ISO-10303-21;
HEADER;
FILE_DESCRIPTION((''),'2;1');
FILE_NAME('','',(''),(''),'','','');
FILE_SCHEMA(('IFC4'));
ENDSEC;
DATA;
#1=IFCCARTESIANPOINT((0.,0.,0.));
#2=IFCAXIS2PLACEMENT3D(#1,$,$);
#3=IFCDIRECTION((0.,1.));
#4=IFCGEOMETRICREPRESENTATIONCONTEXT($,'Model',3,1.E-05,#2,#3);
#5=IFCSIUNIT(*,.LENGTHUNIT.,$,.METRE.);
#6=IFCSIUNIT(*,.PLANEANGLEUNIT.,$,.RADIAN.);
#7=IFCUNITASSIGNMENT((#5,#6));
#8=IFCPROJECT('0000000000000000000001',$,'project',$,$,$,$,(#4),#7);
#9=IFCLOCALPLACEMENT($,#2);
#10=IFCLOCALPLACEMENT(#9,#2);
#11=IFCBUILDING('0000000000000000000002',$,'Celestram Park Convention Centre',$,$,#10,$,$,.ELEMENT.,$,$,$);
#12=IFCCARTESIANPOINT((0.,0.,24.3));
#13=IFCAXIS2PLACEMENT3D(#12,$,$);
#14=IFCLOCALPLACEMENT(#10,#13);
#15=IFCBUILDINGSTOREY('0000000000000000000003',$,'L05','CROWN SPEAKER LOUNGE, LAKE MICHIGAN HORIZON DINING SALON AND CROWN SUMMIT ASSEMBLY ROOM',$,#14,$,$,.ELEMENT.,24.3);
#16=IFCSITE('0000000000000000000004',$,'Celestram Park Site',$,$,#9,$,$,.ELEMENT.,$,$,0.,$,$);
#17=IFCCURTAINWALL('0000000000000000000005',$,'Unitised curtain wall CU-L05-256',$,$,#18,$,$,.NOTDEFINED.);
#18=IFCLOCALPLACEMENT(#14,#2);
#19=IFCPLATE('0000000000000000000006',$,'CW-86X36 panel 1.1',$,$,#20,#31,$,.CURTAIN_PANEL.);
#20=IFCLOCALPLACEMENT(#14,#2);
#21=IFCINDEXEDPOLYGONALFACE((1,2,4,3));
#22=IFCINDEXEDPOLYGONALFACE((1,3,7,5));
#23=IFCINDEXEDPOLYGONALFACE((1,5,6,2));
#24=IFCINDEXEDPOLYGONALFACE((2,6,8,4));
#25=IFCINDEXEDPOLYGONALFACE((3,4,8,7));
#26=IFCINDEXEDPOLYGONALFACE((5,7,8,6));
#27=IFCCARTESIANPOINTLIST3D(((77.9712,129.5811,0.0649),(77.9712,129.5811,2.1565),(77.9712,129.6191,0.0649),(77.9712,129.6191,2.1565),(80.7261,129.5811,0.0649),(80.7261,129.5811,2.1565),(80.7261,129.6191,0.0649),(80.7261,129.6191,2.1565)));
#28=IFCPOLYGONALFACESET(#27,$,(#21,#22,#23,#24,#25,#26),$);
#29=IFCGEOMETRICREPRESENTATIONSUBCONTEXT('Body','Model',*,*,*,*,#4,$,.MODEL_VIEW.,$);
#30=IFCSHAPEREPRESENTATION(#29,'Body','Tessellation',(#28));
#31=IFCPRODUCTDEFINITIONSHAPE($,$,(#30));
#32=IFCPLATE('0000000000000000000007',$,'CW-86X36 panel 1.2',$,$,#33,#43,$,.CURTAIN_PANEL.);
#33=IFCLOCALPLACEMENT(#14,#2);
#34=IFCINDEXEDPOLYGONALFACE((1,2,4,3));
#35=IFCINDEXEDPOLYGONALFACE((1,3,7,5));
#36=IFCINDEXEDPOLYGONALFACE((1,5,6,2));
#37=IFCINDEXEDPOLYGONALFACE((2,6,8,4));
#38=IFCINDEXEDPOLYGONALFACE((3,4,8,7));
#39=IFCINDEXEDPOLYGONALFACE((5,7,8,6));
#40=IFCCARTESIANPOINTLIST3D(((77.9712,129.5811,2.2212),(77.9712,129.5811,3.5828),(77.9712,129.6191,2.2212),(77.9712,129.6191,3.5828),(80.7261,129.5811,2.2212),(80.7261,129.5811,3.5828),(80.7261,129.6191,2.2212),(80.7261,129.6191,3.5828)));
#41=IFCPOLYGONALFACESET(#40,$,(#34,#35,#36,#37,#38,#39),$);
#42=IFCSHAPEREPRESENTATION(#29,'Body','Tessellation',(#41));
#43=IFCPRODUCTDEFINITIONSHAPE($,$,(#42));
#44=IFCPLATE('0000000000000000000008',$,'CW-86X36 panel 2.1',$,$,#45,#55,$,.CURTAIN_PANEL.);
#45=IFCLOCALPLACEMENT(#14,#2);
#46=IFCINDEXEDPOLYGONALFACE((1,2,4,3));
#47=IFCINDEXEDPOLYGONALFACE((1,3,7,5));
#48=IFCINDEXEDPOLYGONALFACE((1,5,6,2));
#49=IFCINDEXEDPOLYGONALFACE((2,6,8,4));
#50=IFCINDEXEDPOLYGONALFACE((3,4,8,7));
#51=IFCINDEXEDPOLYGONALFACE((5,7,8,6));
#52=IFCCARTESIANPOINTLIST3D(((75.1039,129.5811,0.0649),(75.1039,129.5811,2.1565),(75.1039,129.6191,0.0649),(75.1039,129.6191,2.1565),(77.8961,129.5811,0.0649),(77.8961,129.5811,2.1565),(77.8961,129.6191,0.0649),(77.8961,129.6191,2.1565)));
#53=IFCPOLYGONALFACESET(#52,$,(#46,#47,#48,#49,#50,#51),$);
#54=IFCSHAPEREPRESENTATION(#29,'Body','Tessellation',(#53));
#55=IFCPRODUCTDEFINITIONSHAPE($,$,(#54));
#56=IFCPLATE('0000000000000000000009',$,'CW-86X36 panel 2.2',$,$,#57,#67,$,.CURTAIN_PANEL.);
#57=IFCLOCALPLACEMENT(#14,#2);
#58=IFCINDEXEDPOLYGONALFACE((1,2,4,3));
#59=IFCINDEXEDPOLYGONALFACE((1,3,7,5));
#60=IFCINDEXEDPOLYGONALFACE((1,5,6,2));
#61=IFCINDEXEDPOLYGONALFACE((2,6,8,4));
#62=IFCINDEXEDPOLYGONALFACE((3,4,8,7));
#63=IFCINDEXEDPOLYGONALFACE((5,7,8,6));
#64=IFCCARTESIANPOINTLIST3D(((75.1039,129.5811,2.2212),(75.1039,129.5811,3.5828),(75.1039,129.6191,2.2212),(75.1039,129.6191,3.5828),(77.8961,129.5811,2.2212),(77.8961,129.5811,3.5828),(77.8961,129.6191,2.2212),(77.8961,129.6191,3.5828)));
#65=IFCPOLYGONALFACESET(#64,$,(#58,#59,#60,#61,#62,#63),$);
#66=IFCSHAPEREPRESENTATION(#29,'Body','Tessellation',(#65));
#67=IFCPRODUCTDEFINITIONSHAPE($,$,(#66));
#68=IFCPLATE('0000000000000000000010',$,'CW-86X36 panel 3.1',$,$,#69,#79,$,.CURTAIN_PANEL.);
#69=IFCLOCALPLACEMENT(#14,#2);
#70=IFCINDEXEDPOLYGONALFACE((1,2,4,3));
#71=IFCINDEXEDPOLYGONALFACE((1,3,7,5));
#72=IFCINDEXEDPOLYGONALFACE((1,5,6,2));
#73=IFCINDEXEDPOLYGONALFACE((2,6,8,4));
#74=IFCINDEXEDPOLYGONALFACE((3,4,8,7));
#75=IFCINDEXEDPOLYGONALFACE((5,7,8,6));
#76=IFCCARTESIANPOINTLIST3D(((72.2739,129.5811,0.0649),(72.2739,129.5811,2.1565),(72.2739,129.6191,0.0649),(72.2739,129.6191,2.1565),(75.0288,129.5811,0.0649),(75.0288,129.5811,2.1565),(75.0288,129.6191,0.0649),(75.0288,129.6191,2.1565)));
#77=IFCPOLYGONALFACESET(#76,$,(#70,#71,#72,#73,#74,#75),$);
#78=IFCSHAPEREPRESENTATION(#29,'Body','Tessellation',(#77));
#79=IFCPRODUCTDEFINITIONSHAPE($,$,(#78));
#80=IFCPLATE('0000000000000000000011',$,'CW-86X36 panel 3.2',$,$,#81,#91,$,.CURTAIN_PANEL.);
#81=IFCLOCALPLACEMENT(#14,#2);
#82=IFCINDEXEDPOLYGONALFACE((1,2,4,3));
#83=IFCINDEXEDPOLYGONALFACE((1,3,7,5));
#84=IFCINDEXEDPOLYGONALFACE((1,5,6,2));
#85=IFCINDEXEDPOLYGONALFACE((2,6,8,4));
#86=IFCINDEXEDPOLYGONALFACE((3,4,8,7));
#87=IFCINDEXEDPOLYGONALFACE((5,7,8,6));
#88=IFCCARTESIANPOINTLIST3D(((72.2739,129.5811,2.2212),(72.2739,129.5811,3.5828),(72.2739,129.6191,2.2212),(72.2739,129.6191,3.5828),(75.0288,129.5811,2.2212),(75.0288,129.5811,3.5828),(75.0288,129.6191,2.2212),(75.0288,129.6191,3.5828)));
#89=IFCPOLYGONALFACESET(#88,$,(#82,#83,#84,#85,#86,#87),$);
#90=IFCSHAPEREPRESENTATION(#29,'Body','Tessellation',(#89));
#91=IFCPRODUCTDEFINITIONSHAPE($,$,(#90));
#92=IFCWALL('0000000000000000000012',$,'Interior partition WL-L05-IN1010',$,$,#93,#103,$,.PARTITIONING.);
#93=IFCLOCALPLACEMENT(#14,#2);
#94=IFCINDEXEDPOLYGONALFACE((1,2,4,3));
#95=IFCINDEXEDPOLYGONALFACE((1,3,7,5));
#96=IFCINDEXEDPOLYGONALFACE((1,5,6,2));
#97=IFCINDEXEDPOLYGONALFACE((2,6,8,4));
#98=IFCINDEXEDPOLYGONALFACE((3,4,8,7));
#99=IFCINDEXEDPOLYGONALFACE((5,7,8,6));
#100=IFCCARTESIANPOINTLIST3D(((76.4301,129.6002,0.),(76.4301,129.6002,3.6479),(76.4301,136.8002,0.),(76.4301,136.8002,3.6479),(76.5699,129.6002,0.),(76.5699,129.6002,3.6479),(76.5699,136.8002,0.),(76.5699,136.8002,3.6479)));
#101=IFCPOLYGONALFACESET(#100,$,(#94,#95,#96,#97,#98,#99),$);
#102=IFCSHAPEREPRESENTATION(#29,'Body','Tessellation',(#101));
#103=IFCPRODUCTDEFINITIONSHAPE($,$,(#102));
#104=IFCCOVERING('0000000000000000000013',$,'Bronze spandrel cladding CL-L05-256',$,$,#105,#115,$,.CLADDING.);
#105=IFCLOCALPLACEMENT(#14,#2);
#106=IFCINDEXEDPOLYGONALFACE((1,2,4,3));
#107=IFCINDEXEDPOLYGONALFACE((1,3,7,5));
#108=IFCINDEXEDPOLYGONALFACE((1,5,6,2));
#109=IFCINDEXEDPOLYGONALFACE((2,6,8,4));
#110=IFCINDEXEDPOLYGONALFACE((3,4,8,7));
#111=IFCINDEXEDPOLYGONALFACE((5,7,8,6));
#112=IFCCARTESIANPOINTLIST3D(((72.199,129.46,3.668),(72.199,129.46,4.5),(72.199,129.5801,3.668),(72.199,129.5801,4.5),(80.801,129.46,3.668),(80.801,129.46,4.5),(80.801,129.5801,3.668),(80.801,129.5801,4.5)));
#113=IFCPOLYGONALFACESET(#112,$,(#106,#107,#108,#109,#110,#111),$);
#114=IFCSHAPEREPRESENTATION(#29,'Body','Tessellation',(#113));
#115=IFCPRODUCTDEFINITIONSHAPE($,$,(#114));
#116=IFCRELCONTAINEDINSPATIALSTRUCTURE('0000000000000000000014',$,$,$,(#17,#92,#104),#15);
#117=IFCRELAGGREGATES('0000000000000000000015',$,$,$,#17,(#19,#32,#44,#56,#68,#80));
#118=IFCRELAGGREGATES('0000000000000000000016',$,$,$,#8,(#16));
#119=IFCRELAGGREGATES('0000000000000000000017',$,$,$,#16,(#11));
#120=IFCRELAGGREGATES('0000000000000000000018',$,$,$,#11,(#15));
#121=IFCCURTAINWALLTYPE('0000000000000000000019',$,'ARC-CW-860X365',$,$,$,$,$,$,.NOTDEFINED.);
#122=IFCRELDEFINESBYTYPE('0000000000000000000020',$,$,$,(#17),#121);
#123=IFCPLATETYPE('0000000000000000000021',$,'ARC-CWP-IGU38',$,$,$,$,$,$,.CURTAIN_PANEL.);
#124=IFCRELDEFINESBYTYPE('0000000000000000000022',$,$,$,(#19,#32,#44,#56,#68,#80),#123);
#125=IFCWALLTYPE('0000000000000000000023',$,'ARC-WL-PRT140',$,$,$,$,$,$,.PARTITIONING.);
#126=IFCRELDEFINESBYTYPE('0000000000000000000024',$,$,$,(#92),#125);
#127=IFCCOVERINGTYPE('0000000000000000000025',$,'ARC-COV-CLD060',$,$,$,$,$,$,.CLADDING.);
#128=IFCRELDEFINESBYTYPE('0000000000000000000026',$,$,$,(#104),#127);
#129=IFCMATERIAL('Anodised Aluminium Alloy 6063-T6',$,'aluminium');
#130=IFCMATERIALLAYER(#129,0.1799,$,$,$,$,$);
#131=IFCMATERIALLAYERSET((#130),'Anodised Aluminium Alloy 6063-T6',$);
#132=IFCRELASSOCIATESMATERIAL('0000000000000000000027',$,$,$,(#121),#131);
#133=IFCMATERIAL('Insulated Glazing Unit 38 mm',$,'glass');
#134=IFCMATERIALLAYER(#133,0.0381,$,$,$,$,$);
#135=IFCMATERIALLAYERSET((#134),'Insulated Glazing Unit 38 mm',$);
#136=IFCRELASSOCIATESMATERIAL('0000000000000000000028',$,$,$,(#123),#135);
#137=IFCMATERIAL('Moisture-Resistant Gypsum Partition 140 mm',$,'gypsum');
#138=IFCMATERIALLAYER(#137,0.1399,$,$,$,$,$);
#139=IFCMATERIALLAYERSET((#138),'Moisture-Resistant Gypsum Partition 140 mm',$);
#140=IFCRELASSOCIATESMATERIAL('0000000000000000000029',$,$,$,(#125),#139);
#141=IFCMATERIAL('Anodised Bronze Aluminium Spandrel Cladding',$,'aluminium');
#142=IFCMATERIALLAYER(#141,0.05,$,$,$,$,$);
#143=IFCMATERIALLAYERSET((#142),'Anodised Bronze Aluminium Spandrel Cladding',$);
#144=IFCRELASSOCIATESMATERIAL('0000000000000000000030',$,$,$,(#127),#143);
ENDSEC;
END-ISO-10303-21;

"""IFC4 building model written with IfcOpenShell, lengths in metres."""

from ifc_helpers import new_model, si_unit, direction, frame, frame_2d, origin, origin_2d, place, context, subcontext, project, spatial, rectangle, extrude, material, layer, layer_set, type_object, element, aggregate, save


model = new_model("IFC4")

# Units and contexts
model_context = context("Model", 3, precision=1e-05, world=origin(), true_north=direction((0.0, 1.0)))
body_context = subcontext(model_context, "Body", "Model", "MODEL_VIEW")
ifc_project = project(units=[si_unit("LENGTHUNIT", "METRE"), si_unit("PLANEANGLEUNIT", "RADIAN")], contexts=[model_context])

# Site, building, storey
site_placement = place(None, origin())
site = spatial("IfcSite", under=ifc_project, at=site_placement, Name="Celestram Park Site", CompositionType="ELEMENT", RefElevation=0.0)
building_placement = place(site_placement, origin())
building = spatial("IfcBuilding", under=site, at=building_placement, Name="Celestram Park Convention Centre", CompositionType="ELEMENT")
storey_placement = place(building_placement, frame((0.0, 0.0, 24.3)))
storey = spatial("IfcBuildingStorey", under=building, at=storey_placement, Name="L05", Description="CROWN SPEAKER LOUNGE, LAKE MICHIGAN HORIZON DINING SALON AND CROWN SUMMIT ASSEMBLY ROOM", CompositionType="ELEMENT", Elevation=24.3)

# Curtain wall
ifc_material_1 = material(Name="Anodised Aluminium Alloy 6063-T6", Category="aluminium")
ifc_layer_1 = layer(ifc_material_1, 0.1799)
ifc_layer_set_1 = layer_set([ifc_layer_1], Name="Anodised Aluminium Alloy 6063-T6")
curtain_wall_type = type_object("IfcCurtainWallType", Name="ARC-CW-860X365", PredefinedType="NOTDEFINED", material=ifc_layer_set_1)
curtain_wall_placement = place(storey_placement, origin())
curtain_wall = element("IfcCurtainWall", 1, at=curtain_wall_placement, inside=storey, type_object=curtain_wall_type, Name="Unitised curtain wall CU-L05-256", PredefinedType="NOTDEFINED")

# Plates
ifc_material_2 = material(Name="Insulated Glazing Unit 38 mm", Category="glass")
ifc_layer_2 = layer(ifc_material_2, 0.0381)
ifc_layer_set_2 = layer_set([ifc_layer_2], Name="Insulated Glazing Unit 38 mm")
plate_type = type_object("IfcPlateType", Name="ARC-CWP-IGU38", PredefinedType="CURTAIN_PANEL", material=ifc_layer_set_2)
plate_1_placement = place(storey_placement, frame((79.3486, 129.6001, 0.0649), z_axis=(0.0, 0.0, 1.0), x_axis=(-1.0, 0.0, 0.0)))
plate_1 = element("IfcPlate", 2, at=plate_1_placement, type_object=plate_type, Name="CW-86X36 panel 1.1", PredefinedType="CURTAIN_PANEL", context=body_context, shape_type="SweptSolid", body=[
    extrude(rectangle(XDim=2.7549, YDim=0.0381, at=origin_2d()), origin(), (0.0, 0.0, 1.0), 2.0916),
])
plate_2_placement = place(storey_placement, frame((79.3486, 129.6001, 2.2212), z_axis=(0.0, 0.0, 1.0), x_axis=(-1.0, 0.0, 0.0)))
plate_2 = element("IfcPlate", 3, at=plate_2_placement, type_object=plate_type, Name="CW-86X36 panel 1.2", PredefinedType="CURTAIN_PANEL", context=body_context, shape_type="SweptSolid", body=[
    extrude(rectangle(XDim=2.7549, YDim=0.0381, at=origin_2d()), origin(), (0.0, 0.0, 1.0), 1.3616),
])
plate_3_placement = place(storey_placement, frame((76.5, 129.6001, 0.0649), z_axis=(0.0, 0.0, 1.0), x_axis=(-1.0, 0.0, 0.0)))
plate_3 = element("IfcPlate", 4, at=plate_3_placement, type_object=plate_type, Name="CW-86X36 panel 2.1", PredefinedType="CURTAIN_PANEL", context=body_context, shape_type="SweptSolid", body=[
    extrude(rectangle(XDim=2.7922, YDim=0.0381, at=origin_2d()), origin(), (0.0, 0.0, 1.0), 2.0916),
])
plate_4_placement = place(storey_placement, frame((76.5, 129.6001, 2.2212), z_axis=(0.0, 0.0, 1.0), x_axis=(-1.0, 0.0, 0.0)))
plate_4 = element("IfcPlate", 5, at=plate_4_placement, type_object=plate_type, Name="CW-86X36 panel 2.2", PredefinedType="CURTAIN_PANEL", context=body_context, shape_type="SweptSolid", body=[
    extrude(rectangle(XDim=2.7922, YDim=0.0381, at=origin_2d()), origin(), (0.0, 0.0, 1.0), 1.3616),
])
plate_5_placement = place(storey_placement, frame((73.6514, 129.6001, 0.0649), z_axis=(0.0, 0.0, 1.0), x_axis=(-1.0, 0.0, 0.0)))
plate_5 = element("IfcPlate", 6, at=plate_5_placement, type_object=plate_type, Name="CW-86X36 panel 3.1", PredefinedType="CURTAIN_PANEL", context=body_context, shape_type="SweptSolid", body=[
    extrude(rectangle(XDim=2.7549, YDim=0.0381, at=origin_2d()), origin(), (0.0, 0.0, 1.0), 2.0916),
])
plate_6_placement = place(storey_placement, frame((73.6514, 129.6001, 2.2212), z_axis=(0.0, 0.0, 1.0), x_axis=(-1.0, 0.0, 0.0)))
plate_6 = element("IfcPlate", 7, at=plate_6_placement, type_object=plate_type, Name="CW-86X36 panel 3.2", PredefinedType="CURTAIN_PANEL", context=body_context, shape_type="SweptSolid", body=[
    extrude(rectangle(XDim=2.7549, YDim=0.0381, at=origin_2d()), origin(), (0.0, 0.0, 1.0), 1.3616),
])
aggregate(curtain_wall, [plate_1, plate_2, plate_3, plate_4, plate_5, plate_6])

# Wall
ifc_material_3 = material(Name="Moisture-Resistant Gypsum Partition 140 mm", Category="gypsum")
ifc_layer_3 = layer(ifc_material_3, 0.1399)
ifc_layer_set_3 = layer_set([ifc_layer_3], Name="Moisture-Resistant Gypsum Partition 140 mm")
wall_type = type_object("IfcWallType", Name="ARC-WL-PRT140", PredefinedType="PARTITIONING", material=ifc_layer_set_3)
wall_placement = place(storey_placement, frame((76.5, 129.6001, 0.0), z_axis=(0.0, 0.0, 1.0), x_axis=(0.0, 1.0, 0.0)))
element("IfcWall", 8, at=wall_placement, inside=storey, type_object=wall_type, Name="Interior partition WL-L05-IN1010", PredefinedType="PARTITIONING", context=body_context, shape_type="SweptSolid", body=[
    extrude(rectangle(XDim=7.2, YDim=0.1399, at=frame_2d((3.6001, 0.0))), origin(), (0.0, 0.0, 1.0), 3.6479),
])

# Covering
ifc_material_4 = material(Name="Anodised Bronze Aluminium Spandrel Cladding", Category="aluminium")
ifc_layer_4 = layer(ifc_material_4, 0.05)
ifc_layer_set_4 = layer_set([ifc_layer_4], Name="Anodised Bronze Aluminium Spandrel Cladding")
covering_type = type_object("IfcCoveringType", Name="ARC-COV-CLD060", PredefinedType="CLADDING", material=ifc_layer_set_4)
covering_placement = place(storey_placement, frame((76.5, 129.52, 3.668), z_axis=(0.0, 0.0, 1.0), x_axis=(-1.0, 0.0, 0.0)))
element("IfcCovering", 9, at=covering_placement, inside=storey, type_object=covering_type, Name="Bronze spandrel cladding CL-L05-256", PredefinedType="CLADDING", context=body_context, shape_type="SweptSolid", body=[
    extrude(rectangle(XDim=8.6021, YDim=0.1201, at=origin_2d()), origin(), (0.0, 0.0, 1.0), 0.832),
])

save(model, "model.ifc")
